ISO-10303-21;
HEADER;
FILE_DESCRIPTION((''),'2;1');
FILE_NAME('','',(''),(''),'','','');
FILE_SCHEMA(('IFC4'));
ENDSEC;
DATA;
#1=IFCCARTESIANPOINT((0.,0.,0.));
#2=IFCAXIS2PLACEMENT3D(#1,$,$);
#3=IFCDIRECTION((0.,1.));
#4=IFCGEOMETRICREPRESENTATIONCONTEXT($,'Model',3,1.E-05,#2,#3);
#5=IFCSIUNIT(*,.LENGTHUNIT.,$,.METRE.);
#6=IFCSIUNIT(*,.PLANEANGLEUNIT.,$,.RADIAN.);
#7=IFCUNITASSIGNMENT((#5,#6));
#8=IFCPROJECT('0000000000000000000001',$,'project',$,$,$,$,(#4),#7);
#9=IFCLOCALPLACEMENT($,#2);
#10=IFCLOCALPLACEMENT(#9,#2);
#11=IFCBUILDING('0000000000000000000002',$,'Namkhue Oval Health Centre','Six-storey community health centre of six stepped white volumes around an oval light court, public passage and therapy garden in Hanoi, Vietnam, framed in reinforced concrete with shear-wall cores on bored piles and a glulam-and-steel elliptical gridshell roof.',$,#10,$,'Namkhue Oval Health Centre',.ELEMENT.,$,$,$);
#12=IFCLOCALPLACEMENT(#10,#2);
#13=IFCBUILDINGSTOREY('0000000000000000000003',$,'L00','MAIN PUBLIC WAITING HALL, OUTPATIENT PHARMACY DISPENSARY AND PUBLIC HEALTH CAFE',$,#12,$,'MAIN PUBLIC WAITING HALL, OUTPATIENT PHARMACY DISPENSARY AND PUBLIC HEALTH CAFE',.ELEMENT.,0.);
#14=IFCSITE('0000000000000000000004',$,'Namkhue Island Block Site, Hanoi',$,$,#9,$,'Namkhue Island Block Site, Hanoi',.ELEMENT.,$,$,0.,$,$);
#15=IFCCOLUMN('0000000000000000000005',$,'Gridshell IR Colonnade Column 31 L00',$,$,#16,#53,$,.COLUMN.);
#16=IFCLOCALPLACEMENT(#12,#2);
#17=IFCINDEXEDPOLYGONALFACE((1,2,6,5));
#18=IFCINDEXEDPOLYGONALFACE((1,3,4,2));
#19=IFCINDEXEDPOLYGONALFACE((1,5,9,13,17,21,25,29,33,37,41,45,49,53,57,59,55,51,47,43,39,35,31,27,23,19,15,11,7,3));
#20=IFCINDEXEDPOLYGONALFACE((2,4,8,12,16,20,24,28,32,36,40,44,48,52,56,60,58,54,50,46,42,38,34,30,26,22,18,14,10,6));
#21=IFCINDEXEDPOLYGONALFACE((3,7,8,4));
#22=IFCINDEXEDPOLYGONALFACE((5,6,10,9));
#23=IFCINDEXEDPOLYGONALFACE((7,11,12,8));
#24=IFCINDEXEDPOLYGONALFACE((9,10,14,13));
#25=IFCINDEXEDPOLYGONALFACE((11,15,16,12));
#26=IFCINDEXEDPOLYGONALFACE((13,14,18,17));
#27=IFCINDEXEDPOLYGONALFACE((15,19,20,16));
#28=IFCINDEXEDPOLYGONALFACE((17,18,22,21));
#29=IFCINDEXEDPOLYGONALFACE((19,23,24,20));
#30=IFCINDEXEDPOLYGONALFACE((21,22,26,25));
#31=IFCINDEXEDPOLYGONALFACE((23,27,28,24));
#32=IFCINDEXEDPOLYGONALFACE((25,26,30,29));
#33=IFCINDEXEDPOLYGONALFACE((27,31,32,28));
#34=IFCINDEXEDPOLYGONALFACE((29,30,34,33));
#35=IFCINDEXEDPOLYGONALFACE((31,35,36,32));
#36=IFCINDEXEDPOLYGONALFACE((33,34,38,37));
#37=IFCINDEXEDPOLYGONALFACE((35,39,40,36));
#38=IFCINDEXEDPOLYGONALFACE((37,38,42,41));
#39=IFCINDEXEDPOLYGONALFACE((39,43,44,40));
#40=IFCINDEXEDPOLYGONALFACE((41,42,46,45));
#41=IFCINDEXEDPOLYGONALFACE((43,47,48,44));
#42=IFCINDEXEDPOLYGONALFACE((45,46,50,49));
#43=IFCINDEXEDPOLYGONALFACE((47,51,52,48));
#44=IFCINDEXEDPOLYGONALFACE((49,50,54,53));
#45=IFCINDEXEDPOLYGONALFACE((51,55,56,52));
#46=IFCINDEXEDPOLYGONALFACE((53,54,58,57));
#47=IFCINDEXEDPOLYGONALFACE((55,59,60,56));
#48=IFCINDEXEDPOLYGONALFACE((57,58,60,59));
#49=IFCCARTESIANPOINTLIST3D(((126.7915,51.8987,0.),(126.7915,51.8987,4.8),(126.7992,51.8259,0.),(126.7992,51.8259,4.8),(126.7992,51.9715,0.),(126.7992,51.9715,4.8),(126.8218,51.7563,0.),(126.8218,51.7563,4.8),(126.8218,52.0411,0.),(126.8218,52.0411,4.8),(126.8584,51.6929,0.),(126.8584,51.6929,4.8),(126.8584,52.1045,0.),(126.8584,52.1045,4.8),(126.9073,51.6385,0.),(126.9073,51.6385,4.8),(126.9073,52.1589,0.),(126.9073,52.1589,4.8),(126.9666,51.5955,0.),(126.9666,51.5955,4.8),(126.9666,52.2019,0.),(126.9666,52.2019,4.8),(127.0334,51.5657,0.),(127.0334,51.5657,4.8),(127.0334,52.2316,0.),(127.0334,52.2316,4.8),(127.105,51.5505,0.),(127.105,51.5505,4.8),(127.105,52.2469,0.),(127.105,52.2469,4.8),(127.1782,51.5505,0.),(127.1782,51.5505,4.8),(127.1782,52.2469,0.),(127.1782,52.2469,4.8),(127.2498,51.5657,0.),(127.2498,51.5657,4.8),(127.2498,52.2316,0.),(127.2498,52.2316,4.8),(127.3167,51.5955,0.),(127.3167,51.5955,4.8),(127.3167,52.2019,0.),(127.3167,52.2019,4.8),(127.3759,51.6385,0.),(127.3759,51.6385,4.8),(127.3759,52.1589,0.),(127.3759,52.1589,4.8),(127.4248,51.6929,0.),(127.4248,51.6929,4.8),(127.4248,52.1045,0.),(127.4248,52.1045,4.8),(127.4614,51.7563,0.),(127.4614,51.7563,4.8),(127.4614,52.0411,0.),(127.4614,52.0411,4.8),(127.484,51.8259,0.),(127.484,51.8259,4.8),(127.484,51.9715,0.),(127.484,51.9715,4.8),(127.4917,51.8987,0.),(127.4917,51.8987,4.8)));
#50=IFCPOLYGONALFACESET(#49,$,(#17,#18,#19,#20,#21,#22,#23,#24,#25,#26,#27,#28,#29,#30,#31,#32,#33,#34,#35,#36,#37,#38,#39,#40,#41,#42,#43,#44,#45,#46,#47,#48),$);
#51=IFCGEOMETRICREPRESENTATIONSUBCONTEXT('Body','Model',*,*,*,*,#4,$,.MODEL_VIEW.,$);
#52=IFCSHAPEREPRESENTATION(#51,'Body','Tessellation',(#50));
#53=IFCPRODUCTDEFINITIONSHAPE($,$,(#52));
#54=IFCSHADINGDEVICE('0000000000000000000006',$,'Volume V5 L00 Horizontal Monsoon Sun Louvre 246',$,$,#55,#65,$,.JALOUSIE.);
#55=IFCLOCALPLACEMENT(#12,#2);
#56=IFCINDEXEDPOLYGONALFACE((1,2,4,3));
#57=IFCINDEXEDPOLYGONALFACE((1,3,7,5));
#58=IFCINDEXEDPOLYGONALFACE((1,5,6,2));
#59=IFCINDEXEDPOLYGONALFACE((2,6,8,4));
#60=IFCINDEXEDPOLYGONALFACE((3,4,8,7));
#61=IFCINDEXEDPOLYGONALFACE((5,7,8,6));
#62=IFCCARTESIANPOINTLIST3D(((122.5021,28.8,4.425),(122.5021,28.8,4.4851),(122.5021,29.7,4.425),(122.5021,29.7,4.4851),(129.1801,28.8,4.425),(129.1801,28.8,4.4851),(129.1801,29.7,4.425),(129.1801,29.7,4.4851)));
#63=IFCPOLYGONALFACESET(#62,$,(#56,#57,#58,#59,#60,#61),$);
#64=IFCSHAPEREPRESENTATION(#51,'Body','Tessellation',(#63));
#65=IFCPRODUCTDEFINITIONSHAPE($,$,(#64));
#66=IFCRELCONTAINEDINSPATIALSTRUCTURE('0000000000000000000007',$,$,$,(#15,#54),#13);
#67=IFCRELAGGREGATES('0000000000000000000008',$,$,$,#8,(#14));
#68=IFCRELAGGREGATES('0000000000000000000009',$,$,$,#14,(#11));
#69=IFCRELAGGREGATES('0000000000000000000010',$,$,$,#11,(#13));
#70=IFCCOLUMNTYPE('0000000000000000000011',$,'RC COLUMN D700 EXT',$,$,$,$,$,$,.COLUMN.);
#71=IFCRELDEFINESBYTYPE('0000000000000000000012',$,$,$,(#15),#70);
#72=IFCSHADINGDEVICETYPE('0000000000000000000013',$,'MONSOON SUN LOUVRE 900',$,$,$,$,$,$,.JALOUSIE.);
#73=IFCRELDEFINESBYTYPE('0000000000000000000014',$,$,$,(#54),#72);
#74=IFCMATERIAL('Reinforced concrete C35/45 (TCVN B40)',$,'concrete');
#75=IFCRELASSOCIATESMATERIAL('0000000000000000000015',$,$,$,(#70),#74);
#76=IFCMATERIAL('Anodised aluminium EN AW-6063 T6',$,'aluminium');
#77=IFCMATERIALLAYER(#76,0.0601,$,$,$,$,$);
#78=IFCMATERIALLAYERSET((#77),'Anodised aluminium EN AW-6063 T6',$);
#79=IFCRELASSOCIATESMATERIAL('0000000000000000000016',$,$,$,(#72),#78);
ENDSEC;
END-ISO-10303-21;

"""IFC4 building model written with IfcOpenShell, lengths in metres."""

from ifc_helpers import new_model, si_unit, direction, frame, origin, origin_2d, place, context, subcontext, project, spatial, rectangle, circle, extrude, material, layer, layer_set, material_profile, profile_set, type_object, element, save


model = new_model("IFC4")

# Units and contexts
model_context = context("Model", 3, precision=1e-05, world=origin(), true_north=direction((0.0, 1.0)))
body_context = subcontext(model_context, "Body", "Model", "MODEL_VIEW")
ifc_project = project(units=[si_unit("LENGTHUNIT", "METRE"), si_unit("PLANEANGLEUNIT", "RADIAN")], contexts=[model_context])

# Site, building, storey
site_placement = place(None, origin())
site = spatial("IfcSite", under=ifc_project, at=site_placement, Name="Namkhue Island Block Site, Hanoi", LongName="Namkhue Island Block Site, Hanoi", CompositionType="ELEMENT", RefElevation=0.0)
building_placement = place(site_placement, origin())
building = spatial("IfcBuilding", under=site, at=building_placement, Name="Namkhue Oval Health Centre", Description="Six-storey community health centre of six stepped white volumes around an oval light court, public passage and therapy garden in Hanoi, Vietnam, framed in reinforced concrete with shear-wall cores on bored piles and a glulam-and-steel elliptical gridshell roof.", LongName="Namkhue Oval Health Centre", CompositionType="ELEMENT")
storey_placement = place(building_placement, origin())
storey = spatial("IfcBuildingStorey", under=building, at=storey_placement, Name="L00", Description="MAIN PUBLIC WAITING HALL, OUTPATIENT PHARMACY DISPENSARY AND PUBLIC HEALTH CAFE", LongName="MAIN PUBLIC WAITING HALL, OUTPATIENT PHARMACY DISPENSARY AND PUBLIC HEALTH CAFE", CompositionType="ELEMENT", Elevation=0.0)

# Column
ifc_material_1 = material(Name="Reinforced concrete C35/45 (TCVN B40)", Category="concrete")
ifc_material_profile_1 = material_profile(ifc_material_1, circle(Radius=0.3501, at=origin_2d()), Name="RC D700")
ifc_profile_set_1 = profile_set([ifc_material_profile_1], Name="Reinforced concrete C35/45 (TCVN B40)")
column_type = type_object("IfcColumnType", Name="RC COLUMN D700 EXT", PredefinedType="COLUMN", material=ifc_profile_set_1)
for number, where, z_axis, x_axis, name in (
    (1, (127.1416, 51.8987, 0.0), (0.0, 0.0, 1.0), (1.0, 0.0, 0.0), "Gridshell IR Colonnade Column 31 L00"),
):
    element("IfcColumn", number, at=place(storey_placement, frame(where, z_axis=z_axis, x_axis=x_axis)), inside=storey, type_object=column_type, Name=name, PredefinedType="COLUMN", context=body_context, shape_type="SweptSolid", body=[
        extrude(circle(Radius=0.3501, at=origin_2d()), origin(), (0.0, 0.0, 1.0), 4.8),
    ])

# Shading device
ifc_material_2 = material(Name="Anodised aluminium EN AW-6063 T6", Category="aluminium")
ifc_layer = layer(ifc_material_2, 0.0601)
ifc_layer_set = layer_set([ifc_layer], Name="Anodised aluminium EN AW-6063 T6")
shading_device_type = type_object("IfcShadingDeviceType", Name="MONSOON SUN LOUVRE 900", PredefinedType="JALOUSIE", material=ifc_layer_set)
shading_device_placement = place(storey_placement, frame((125.8411, 29.25, 4.425), z_axis=(0.0, 0.0, 1.0), x_axis=(-1.0, 0.0, 0.0)))
element("IfcShadingDevice", 2, at=shading_device_placement, inside=storey, type_object=shading_device_type, Name="Volume V5 L00 Horizontal Monsoon Sun Louvre 246", PredefinedType="JALOUSIE", context=body_context, shape_type="SweptSolid", body=[
    extrude(rectangle(XDim=6.678, YDim=0.8999, at=origin_2d()), origin(), (0.0, 0.0, 1.0), 0.0601),
])

save(model, "model.ifc")
